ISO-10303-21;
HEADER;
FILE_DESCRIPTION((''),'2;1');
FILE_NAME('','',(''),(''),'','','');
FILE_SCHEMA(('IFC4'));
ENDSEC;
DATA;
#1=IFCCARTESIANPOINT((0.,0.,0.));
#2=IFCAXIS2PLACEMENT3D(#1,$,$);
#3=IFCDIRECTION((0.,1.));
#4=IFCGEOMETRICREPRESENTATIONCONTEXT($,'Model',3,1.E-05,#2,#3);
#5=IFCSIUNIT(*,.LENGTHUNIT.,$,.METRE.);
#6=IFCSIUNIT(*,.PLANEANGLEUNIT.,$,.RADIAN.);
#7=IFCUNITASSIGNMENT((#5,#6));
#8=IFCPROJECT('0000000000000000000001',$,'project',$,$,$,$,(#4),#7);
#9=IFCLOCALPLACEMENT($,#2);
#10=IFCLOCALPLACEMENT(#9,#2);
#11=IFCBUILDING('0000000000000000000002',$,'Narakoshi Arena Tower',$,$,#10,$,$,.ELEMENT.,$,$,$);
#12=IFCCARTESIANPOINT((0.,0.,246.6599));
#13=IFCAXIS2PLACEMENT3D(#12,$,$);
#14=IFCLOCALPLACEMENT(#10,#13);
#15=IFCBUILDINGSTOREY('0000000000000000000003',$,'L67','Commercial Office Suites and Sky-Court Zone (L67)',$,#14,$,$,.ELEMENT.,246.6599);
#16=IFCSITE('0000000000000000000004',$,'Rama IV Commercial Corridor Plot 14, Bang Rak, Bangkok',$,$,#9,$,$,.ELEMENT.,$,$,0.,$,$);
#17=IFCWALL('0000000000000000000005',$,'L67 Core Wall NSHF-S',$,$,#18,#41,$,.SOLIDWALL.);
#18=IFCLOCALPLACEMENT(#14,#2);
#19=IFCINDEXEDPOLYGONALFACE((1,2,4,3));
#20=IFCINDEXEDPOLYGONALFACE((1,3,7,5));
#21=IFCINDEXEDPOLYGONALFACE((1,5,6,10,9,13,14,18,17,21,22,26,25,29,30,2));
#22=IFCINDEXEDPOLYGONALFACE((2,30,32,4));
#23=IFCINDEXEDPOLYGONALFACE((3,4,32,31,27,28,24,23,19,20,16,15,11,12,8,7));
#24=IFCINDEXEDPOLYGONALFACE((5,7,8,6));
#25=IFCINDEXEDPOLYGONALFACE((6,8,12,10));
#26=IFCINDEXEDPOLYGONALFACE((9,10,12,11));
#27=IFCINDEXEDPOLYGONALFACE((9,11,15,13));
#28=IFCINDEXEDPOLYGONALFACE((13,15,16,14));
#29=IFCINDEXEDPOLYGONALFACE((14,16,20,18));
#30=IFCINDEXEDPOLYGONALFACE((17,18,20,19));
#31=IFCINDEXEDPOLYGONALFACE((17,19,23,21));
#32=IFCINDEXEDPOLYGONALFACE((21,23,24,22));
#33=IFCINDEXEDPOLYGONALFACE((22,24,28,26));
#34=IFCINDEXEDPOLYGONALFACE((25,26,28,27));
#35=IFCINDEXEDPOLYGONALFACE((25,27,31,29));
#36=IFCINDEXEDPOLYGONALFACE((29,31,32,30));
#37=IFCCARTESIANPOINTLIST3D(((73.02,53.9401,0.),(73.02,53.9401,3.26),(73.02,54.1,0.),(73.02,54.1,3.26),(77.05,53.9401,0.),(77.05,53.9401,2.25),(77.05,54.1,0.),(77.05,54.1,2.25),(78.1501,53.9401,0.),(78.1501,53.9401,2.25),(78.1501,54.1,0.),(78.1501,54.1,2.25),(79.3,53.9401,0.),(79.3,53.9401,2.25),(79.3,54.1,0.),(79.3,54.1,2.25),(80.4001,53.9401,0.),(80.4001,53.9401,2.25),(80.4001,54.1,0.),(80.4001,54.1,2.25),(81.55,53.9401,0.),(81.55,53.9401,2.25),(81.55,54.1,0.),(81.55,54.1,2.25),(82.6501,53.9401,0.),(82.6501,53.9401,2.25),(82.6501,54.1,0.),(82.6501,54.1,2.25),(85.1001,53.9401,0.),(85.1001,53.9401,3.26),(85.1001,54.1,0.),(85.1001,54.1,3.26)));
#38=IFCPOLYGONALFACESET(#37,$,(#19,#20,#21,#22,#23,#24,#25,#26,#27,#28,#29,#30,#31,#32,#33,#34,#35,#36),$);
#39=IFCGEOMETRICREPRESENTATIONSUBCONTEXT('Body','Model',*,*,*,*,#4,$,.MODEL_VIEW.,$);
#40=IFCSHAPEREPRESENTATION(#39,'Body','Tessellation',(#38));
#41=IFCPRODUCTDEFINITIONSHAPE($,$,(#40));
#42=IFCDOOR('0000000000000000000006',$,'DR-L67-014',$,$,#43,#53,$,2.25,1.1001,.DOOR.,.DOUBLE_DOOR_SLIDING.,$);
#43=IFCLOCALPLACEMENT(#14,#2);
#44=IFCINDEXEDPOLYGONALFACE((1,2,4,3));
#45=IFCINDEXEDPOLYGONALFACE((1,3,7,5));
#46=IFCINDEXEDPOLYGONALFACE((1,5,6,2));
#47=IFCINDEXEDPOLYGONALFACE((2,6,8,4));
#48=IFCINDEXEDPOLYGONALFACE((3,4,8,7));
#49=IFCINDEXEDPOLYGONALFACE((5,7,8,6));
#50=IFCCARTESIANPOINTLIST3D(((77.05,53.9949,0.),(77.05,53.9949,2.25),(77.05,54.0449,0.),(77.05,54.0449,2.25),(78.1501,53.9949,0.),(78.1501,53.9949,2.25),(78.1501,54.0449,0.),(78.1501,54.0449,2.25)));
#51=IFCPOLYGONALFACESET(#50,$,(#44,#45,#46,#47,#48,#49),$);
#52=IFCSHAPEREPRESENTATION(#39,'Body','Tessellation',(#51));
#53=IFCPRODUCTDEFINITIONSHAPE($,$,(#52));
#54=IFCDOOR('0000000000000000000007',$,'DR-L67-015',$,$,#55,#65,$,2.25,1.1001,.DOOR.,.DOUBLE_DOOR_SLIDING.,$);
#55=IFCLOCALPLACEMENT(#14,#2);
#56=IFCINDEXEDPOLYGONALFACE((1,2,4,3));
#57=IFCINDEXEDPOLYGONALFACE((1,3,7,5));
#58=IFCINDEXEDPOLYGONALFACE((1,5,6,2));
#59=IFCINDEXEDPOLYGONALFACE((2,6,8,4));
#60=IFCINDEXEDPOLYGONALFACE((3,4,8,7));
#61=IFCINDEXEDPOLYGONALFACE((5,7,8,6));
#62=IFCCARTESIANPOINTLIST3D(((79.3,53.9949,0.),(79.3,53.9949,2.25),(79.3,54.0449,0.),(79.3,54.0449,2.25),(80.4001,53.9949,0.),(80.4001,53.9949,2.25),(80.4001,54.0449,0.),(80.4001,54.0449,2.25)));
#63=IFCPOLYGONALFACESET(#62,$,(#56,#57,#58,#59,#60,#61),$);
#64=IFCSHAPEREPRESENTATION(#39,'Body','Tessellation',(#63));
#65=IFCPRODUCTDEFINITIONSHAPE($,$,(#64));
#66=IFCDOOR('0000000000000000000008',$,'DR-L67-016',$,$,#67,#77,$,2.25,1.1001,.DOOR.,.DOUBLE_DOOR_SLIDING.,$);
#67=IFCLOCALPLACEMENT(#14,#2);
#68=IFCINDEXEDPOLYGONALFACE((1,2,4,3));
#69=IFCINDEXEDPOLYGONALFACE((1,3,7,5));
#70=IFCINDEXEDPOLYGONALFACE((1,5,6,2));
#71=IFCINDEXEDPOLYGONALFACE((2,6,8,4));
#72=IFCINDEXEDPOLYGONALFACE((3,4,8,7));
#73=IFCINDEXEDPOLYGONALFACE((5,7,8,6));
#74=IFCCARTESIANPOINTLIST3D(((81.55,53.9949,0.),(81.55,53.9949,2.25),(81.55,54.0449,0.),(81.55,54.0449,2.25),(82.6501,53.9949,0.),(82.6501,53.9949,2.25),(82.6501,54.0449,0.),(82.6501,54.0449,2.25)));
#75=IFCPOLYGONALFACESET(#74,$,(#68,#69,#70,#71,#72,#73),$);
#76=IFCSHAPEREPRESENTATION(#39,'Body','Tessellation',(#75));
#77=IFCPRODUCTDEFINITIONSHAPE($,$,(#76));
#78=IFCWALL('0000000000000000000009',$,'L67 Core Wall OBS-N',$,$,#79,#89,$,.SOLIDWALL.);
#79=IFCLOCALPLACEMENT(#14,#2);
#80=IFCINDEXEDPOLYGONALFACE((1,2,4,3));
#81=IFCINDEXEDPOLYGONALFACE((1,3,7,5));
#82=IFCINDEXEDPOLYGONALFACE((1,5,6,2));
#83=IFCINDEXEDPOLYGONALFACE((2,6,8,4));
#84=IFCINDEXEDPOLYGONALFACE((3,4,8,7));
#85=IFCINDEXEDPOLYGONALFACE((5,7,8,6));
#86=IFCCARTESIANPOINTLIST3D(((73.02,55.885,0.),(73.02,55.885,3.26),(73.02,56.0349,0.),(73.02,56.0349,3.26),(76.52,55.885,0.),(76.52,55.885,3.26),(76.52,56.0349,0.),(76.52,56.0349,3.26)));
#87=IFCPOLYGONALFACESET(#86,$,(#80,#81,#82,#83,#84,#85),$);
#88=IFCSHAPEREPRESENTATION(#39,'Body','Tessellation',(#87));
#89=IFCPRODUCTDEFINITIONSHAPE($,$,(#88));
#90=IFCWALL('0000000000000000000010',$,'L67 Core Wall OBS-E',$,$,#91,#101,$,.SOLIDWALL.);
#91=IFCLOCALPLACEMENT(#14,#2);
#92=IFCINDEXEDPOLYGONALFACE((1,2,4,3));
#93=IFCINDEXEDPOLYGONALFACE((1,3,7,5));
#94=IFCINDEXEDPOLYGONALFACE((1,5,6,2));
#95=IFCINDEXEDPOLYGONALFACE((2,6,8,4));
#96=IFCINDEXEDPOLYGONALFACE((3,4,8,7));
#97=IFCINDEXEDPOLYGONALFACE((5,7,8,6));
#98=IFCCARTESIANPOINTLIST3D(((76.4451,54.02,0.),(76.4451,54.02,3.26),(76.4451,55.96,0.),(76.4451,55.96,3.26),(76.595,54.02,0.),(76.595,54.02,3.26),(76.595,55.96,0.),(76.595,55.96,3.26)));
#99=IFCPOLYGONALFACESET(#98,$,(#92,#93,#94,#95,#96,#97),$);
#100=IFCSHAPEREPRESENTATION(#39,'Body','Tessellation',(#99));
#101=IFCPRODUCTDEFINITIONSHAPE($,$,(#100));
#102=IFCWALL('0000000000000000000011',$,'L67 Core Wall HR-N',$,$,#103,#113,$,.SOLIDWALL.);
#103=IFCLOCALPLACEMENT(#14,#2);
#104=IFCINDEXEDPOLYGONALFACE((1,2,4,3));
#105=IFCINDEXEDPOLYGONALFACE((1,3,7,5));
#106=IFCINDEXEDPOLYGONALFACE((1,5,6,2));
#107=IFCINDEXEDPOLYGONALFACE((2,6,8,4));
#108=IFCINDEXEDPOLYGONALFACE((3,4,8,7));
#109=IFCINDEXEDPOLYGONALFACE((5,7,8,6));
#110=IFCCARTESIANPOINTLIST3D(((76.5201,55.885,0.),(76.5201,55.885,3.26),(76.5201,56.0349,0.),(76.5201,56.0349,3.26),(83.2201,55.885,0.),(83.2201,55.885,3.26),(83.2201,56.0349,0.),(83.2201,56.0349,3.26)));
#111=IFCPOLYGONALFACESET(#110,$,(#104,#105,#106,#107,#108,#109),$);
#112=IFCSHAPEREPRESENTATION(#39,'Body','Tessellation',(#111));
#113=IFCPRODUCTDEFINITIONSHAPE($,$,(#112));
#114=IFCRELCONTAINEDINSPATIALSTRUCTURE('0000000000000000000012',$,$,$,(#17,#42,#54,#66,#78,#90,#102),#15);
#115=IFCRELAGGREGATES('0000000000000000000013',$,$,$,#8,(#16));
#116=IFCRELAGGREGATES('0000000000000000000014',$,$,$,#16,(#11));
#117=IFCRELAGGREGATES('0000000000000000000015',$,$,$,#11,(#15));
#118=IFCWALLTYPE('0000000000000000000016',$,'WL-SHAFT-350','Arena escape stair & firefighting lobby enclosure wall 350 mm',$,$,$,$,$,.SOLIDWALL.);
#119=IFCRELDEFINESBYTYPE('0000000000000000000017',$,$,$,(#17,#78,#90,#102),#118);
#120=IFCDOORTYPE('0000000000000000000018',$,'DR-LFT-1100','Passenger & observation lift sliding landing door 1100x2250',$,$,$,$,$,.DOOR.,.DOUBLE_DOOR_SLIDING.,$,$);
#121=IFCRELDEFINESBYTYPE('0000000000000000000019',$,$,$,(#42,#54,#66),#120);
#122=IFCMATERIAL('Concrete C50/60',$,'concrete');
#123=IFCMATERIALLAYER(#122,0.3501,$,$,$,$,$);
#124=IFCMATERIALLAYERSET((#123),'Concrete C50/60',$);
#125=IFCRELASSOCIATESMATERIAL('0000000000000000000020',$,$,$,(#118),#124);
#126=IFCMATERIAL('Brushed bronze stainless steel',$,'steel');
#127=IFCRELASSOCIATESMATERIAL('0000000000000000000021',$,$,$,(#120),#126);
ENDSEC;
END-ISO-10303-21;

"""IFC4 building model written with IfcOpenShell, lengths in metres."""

from ifc_helpers import new_model, si_unit, direction, frame, frame_2d, origin, place, context, subcontext, project, spatial, rectangle, extrude, material, layer, layer_set, type_object, element, fill, save


model = new_model("IFC4")

# Units and contexts
model_context = context("Model", 3, precision=1e-05, world=origin(), true_north=direction((0.0, 1.0)))
body_context = subcontext(model_context, "Body", "Model", "MODEL_VIEW")
ifc_project = project(units=[si_unit("LENGTHUNIT", "METRE"), si_unit("PLANEANGLEUNIT", "RADIAN")], contexts=[model_context])

# Site, building, storey
site_placement = place(None, origin())
site = spatial("IfcSite", under=ifc_project, at=site_placement, Name="Rama IV Commercial Corridor Plot 14, Bang Rak, Bangkok", CompositionType="ELEMENT", RefElevation=0.0)
building_placement = place(site_placement, origin())
building = spatial("IfcBuilding", under=site, at=building_placement, Name="Narakoshi Arena Tower", CompositionType="ELEMENT")
storey_placement = place(building_placement, frame((0.0, 0.0, 246.6599)))
storey = spatial("IfcBuildingStorey", under=building, at=storey_placement, Name="L67", Description="Commercial Office Suites and Sky-Court Zone (L67)", CompositionType="ELEMENT", Elevation=246.6599)

# Shared definitions
ifc_material_1 = material(Name="Concrete C50/60", Category="concrete")
ifc_layer_1 = layer(ifc_material_1, 0.3501)
ifc_layer_set_1 = layer_set([ifc_layer_1], Name="Concrete C50/60")
wall_type_1 = type_object("IfcWallType", Name="WL-SHAFT-350", Description="Arena escape stair & firefighting lobby enclosure wall 350 mm", PredefinedType="SOLIDWALL", material=ifc_layer_set_1)

# Wall, openings, doors
wall_1_placement = place(storey_placement, frame((73.02, 54.02, 0.0), z_axis=(0.0, 0.0, 1.0), x_axis=(1.0, 0.0, 0.0)))
wall_1 = element("IfcWall", 1, at=wall_1_placement, inside=storey, type_object=wall_type_1, Name="L67 Core Wall NSHF-S", PredefinedType="SOLIDWALL", context=body_context, shape_type="SweptSolid", body=[
    extrude(rectangle(XDim=12.0801, YDim=0.1599, at=frame_2d((6.04, 0.0))), origin(), (0.0, 0.0, 1.0), 3.26),
])
opening_1_placement = place(wall_1_placement, frame((4.03, 0.0, 0.0)))
opening_1 = element("IfcOpeningElement", 2, at=opening_1_placement, cuts=wall_1, PredefinedType="OPENING", context=body_context, shape_type="SweptSolid", body=[
    extrude(rectangle(XDim=1.1001, YDim=2.25, at=frame_2d((0.55, 1.125))), frame((0.0, 0.0898, 0.0), z_axis=(0.0, -1.0, 0.0), x_axis=(1.0, 0.0, 0.0)), (0.0, 0.0, 1.0), 0.1799),
])
opening_2_placement = place(wall_1_placement, frame((6.28, 0.0, 0.0)))
opening_2 = element("IfcOpeningElement", 3, at=opening_2_placement, cuts=wall_1, PredefinedType="OPENING", context=body_context, shape_type="SweptSolid", body=[
    extrude(rectangle(XDim=1.1001, YDim=2.25, at=frame_2d((0.55, 1.125))), frame((0.0, 0.0898, 0.0), z_axis=(0.0, -1.0, 0.0), x_axis=(1.0, 0.0, 0.0)), (0.0, 0.0, 1.0), 0.1799),
])
opening_3_placement = place(wall_1_placement, frame((8.53, 0.0, 0.0)))
opening_3 = element("IfcOpeningElement", 4, at=opening_3_placement, cuts=wall_1, PredefinedType="OPENING", context=body_context, shape_type="SweptSolid", body=[
    extrude(rectangle(XDim=1.1001, YDim=2.25, at=frame_2d((0.55, 1.125))), frame((0.0, 0.0898, 0.0), z_axis=(0.0, -1.0, 0.0), x_axis=(1.0, 0.0, 0.0)), (0.0, 0.0, 1.0), 0.1799),
])
ifc_material_2 = material(Name="Brushed bronze stainless steel", Category="steel")
door_type_1 = type_object("IfcDoorType", Name="DR-LFT-1100", Description="Passenger & observation lift sliding landing door 1100x2250", OperationType="DOUBLE_DOOR_SLIDING", PredefinedType="DOOR", material=ifc_material_2)
door_1_placement = place(opening_1_placement, origin())
door_1 = element("IfcDoor", 5, at=door_1_placement, inside=storey, type_object=door_type_1, Name="DR-L67-014", OperationType="DOUBLE_DOOR_SLIDING", OverallHeight=2.25, OverallWidth=1.1001, PredefinedType="DOOR", context=body_context, shape_type="SweptSolid", body=[
    extrude(rectangle(XDim=1.1001, YDim=2.25, at=frame_2d((0.55, 1.125))), frame((0.0, 0.0249, 0.0), z_axis=(0.0, -1.0, 0.0), x_axis=(1.0, 0.0, 0.0)), (0.0, 0.0, 1.0), 0.05),
])
fill(opening_1, door_1)
door_2_placement = place(opening_2_placement, origin())
door_2 = element("IfcDoor", 6, at=door_2_placement, inside=storey, type_object=door_type_1, Name="DR-L67-015", OperationType="DOUBLE_DOOR_SLIDING", OverallHeight=2.25, OverallWidth=1.1001, PredefinedType="DOOR", context=body_context, shape_type="SweptSolid", body=[
    extrude(rectangle(XDim=1.1001, YDim=2.25, at=frame_2d((0.55, 1.125))), frame((0.0, 0.0249, 0.0), z_axis=(0.0, -1.0, 0.0), x_axis=(1.0, 0.0, 0.0)), (0.0, 0.0, 1.0), 0.05),
])
fill(opening_2, door_2)
door_3_placement = place(opening_3_placement, origin())
door_3 = element("IfcDoor", 7, at=door_3_placement, inside=storey, type_object=door_type_1, Name="DR-L67-016", OperationType="DOUBLE_DOOR_SLIDING", OverallHeight=2.25, OverallWidth=1.1001, PredefinedType="DOOR", context=body_context, shape_type="SweptSolid", body=[
    extrude(rectangle(XDim=1.1001, YDim=2.25, at=frame_2d((0.55, 1.125))), frame((0.0, 0.0249, 0.0), z_axis=(0.0, -1.0, 0.0), x_axis=(1.0, 0.0, 0.0)), (0.0, 0.0, 1.0), 0.05),
])
fill(opening_3, door_3)

# Walls
wall_2_placement = place(storey_placement, frame((73.02, 55.96, 0.0), z_axis=(0.0, 0.0, 1.0), x_axis=(1.0, 0.0, 0.0)))
element("IfcWall", 8, at=wall_2_placement, inside=storey, type_object=wall_type_1, Name="L67 Core Wall OBS-N", PredefinedType="SOLIDWALL", context=body_context, shape_type="SweptSolid", body=[
    extrude(rectangle(XDim=3.5, YDim=0.1499, at=frame_2d((1.75, 0.0))), origin(), (0.0, 0.0, 1.0), 3.26),
])
wall_3_placement = place(storey_placement, frame((76.52, 54.02, 0.0), z_axis=(0.0, 0.0, 1.0), x_axis=(0.0, 1.0, 0.0)))
element("IfcWall", 9, at=wall_3_placement, inside=storey, type_object=wall_type_1, Name="L67 Core Wall OBS-E", PredefinedType="SOLIDWALL", context=body_context, shape_type="SweptSolid", body=[
    extrude(rectangle(XDim=1.9399, YDim=0.1499, at=frame_2d((0.97, 0.0))), origin(), (0.0, 0.0, 1.0), 3.26),
])
wall_4_placement = place(storey_placement, frame((76.52, 55.96, 0.0), z_axis=(0.0, 0.0, 1.0), x_axis=(1.0, 0.0, 0.0)))
element("IfcWall", 10, at=wall_4_placement, inside=storey, type_object=wall_type_1, Name="L67 Core Wall HR-N", PredefinedType="SOLIDWALL", context=body_context, shape_type="SweptSolid", body=[
    extrude(rectangle(XDim=6.7, YDim=0.1499, at=frame_2d((3.3501, 0.0))), origin(), (0.0, 0.0, 1.0), 3.26),
])

save(model, "model.ifc")
